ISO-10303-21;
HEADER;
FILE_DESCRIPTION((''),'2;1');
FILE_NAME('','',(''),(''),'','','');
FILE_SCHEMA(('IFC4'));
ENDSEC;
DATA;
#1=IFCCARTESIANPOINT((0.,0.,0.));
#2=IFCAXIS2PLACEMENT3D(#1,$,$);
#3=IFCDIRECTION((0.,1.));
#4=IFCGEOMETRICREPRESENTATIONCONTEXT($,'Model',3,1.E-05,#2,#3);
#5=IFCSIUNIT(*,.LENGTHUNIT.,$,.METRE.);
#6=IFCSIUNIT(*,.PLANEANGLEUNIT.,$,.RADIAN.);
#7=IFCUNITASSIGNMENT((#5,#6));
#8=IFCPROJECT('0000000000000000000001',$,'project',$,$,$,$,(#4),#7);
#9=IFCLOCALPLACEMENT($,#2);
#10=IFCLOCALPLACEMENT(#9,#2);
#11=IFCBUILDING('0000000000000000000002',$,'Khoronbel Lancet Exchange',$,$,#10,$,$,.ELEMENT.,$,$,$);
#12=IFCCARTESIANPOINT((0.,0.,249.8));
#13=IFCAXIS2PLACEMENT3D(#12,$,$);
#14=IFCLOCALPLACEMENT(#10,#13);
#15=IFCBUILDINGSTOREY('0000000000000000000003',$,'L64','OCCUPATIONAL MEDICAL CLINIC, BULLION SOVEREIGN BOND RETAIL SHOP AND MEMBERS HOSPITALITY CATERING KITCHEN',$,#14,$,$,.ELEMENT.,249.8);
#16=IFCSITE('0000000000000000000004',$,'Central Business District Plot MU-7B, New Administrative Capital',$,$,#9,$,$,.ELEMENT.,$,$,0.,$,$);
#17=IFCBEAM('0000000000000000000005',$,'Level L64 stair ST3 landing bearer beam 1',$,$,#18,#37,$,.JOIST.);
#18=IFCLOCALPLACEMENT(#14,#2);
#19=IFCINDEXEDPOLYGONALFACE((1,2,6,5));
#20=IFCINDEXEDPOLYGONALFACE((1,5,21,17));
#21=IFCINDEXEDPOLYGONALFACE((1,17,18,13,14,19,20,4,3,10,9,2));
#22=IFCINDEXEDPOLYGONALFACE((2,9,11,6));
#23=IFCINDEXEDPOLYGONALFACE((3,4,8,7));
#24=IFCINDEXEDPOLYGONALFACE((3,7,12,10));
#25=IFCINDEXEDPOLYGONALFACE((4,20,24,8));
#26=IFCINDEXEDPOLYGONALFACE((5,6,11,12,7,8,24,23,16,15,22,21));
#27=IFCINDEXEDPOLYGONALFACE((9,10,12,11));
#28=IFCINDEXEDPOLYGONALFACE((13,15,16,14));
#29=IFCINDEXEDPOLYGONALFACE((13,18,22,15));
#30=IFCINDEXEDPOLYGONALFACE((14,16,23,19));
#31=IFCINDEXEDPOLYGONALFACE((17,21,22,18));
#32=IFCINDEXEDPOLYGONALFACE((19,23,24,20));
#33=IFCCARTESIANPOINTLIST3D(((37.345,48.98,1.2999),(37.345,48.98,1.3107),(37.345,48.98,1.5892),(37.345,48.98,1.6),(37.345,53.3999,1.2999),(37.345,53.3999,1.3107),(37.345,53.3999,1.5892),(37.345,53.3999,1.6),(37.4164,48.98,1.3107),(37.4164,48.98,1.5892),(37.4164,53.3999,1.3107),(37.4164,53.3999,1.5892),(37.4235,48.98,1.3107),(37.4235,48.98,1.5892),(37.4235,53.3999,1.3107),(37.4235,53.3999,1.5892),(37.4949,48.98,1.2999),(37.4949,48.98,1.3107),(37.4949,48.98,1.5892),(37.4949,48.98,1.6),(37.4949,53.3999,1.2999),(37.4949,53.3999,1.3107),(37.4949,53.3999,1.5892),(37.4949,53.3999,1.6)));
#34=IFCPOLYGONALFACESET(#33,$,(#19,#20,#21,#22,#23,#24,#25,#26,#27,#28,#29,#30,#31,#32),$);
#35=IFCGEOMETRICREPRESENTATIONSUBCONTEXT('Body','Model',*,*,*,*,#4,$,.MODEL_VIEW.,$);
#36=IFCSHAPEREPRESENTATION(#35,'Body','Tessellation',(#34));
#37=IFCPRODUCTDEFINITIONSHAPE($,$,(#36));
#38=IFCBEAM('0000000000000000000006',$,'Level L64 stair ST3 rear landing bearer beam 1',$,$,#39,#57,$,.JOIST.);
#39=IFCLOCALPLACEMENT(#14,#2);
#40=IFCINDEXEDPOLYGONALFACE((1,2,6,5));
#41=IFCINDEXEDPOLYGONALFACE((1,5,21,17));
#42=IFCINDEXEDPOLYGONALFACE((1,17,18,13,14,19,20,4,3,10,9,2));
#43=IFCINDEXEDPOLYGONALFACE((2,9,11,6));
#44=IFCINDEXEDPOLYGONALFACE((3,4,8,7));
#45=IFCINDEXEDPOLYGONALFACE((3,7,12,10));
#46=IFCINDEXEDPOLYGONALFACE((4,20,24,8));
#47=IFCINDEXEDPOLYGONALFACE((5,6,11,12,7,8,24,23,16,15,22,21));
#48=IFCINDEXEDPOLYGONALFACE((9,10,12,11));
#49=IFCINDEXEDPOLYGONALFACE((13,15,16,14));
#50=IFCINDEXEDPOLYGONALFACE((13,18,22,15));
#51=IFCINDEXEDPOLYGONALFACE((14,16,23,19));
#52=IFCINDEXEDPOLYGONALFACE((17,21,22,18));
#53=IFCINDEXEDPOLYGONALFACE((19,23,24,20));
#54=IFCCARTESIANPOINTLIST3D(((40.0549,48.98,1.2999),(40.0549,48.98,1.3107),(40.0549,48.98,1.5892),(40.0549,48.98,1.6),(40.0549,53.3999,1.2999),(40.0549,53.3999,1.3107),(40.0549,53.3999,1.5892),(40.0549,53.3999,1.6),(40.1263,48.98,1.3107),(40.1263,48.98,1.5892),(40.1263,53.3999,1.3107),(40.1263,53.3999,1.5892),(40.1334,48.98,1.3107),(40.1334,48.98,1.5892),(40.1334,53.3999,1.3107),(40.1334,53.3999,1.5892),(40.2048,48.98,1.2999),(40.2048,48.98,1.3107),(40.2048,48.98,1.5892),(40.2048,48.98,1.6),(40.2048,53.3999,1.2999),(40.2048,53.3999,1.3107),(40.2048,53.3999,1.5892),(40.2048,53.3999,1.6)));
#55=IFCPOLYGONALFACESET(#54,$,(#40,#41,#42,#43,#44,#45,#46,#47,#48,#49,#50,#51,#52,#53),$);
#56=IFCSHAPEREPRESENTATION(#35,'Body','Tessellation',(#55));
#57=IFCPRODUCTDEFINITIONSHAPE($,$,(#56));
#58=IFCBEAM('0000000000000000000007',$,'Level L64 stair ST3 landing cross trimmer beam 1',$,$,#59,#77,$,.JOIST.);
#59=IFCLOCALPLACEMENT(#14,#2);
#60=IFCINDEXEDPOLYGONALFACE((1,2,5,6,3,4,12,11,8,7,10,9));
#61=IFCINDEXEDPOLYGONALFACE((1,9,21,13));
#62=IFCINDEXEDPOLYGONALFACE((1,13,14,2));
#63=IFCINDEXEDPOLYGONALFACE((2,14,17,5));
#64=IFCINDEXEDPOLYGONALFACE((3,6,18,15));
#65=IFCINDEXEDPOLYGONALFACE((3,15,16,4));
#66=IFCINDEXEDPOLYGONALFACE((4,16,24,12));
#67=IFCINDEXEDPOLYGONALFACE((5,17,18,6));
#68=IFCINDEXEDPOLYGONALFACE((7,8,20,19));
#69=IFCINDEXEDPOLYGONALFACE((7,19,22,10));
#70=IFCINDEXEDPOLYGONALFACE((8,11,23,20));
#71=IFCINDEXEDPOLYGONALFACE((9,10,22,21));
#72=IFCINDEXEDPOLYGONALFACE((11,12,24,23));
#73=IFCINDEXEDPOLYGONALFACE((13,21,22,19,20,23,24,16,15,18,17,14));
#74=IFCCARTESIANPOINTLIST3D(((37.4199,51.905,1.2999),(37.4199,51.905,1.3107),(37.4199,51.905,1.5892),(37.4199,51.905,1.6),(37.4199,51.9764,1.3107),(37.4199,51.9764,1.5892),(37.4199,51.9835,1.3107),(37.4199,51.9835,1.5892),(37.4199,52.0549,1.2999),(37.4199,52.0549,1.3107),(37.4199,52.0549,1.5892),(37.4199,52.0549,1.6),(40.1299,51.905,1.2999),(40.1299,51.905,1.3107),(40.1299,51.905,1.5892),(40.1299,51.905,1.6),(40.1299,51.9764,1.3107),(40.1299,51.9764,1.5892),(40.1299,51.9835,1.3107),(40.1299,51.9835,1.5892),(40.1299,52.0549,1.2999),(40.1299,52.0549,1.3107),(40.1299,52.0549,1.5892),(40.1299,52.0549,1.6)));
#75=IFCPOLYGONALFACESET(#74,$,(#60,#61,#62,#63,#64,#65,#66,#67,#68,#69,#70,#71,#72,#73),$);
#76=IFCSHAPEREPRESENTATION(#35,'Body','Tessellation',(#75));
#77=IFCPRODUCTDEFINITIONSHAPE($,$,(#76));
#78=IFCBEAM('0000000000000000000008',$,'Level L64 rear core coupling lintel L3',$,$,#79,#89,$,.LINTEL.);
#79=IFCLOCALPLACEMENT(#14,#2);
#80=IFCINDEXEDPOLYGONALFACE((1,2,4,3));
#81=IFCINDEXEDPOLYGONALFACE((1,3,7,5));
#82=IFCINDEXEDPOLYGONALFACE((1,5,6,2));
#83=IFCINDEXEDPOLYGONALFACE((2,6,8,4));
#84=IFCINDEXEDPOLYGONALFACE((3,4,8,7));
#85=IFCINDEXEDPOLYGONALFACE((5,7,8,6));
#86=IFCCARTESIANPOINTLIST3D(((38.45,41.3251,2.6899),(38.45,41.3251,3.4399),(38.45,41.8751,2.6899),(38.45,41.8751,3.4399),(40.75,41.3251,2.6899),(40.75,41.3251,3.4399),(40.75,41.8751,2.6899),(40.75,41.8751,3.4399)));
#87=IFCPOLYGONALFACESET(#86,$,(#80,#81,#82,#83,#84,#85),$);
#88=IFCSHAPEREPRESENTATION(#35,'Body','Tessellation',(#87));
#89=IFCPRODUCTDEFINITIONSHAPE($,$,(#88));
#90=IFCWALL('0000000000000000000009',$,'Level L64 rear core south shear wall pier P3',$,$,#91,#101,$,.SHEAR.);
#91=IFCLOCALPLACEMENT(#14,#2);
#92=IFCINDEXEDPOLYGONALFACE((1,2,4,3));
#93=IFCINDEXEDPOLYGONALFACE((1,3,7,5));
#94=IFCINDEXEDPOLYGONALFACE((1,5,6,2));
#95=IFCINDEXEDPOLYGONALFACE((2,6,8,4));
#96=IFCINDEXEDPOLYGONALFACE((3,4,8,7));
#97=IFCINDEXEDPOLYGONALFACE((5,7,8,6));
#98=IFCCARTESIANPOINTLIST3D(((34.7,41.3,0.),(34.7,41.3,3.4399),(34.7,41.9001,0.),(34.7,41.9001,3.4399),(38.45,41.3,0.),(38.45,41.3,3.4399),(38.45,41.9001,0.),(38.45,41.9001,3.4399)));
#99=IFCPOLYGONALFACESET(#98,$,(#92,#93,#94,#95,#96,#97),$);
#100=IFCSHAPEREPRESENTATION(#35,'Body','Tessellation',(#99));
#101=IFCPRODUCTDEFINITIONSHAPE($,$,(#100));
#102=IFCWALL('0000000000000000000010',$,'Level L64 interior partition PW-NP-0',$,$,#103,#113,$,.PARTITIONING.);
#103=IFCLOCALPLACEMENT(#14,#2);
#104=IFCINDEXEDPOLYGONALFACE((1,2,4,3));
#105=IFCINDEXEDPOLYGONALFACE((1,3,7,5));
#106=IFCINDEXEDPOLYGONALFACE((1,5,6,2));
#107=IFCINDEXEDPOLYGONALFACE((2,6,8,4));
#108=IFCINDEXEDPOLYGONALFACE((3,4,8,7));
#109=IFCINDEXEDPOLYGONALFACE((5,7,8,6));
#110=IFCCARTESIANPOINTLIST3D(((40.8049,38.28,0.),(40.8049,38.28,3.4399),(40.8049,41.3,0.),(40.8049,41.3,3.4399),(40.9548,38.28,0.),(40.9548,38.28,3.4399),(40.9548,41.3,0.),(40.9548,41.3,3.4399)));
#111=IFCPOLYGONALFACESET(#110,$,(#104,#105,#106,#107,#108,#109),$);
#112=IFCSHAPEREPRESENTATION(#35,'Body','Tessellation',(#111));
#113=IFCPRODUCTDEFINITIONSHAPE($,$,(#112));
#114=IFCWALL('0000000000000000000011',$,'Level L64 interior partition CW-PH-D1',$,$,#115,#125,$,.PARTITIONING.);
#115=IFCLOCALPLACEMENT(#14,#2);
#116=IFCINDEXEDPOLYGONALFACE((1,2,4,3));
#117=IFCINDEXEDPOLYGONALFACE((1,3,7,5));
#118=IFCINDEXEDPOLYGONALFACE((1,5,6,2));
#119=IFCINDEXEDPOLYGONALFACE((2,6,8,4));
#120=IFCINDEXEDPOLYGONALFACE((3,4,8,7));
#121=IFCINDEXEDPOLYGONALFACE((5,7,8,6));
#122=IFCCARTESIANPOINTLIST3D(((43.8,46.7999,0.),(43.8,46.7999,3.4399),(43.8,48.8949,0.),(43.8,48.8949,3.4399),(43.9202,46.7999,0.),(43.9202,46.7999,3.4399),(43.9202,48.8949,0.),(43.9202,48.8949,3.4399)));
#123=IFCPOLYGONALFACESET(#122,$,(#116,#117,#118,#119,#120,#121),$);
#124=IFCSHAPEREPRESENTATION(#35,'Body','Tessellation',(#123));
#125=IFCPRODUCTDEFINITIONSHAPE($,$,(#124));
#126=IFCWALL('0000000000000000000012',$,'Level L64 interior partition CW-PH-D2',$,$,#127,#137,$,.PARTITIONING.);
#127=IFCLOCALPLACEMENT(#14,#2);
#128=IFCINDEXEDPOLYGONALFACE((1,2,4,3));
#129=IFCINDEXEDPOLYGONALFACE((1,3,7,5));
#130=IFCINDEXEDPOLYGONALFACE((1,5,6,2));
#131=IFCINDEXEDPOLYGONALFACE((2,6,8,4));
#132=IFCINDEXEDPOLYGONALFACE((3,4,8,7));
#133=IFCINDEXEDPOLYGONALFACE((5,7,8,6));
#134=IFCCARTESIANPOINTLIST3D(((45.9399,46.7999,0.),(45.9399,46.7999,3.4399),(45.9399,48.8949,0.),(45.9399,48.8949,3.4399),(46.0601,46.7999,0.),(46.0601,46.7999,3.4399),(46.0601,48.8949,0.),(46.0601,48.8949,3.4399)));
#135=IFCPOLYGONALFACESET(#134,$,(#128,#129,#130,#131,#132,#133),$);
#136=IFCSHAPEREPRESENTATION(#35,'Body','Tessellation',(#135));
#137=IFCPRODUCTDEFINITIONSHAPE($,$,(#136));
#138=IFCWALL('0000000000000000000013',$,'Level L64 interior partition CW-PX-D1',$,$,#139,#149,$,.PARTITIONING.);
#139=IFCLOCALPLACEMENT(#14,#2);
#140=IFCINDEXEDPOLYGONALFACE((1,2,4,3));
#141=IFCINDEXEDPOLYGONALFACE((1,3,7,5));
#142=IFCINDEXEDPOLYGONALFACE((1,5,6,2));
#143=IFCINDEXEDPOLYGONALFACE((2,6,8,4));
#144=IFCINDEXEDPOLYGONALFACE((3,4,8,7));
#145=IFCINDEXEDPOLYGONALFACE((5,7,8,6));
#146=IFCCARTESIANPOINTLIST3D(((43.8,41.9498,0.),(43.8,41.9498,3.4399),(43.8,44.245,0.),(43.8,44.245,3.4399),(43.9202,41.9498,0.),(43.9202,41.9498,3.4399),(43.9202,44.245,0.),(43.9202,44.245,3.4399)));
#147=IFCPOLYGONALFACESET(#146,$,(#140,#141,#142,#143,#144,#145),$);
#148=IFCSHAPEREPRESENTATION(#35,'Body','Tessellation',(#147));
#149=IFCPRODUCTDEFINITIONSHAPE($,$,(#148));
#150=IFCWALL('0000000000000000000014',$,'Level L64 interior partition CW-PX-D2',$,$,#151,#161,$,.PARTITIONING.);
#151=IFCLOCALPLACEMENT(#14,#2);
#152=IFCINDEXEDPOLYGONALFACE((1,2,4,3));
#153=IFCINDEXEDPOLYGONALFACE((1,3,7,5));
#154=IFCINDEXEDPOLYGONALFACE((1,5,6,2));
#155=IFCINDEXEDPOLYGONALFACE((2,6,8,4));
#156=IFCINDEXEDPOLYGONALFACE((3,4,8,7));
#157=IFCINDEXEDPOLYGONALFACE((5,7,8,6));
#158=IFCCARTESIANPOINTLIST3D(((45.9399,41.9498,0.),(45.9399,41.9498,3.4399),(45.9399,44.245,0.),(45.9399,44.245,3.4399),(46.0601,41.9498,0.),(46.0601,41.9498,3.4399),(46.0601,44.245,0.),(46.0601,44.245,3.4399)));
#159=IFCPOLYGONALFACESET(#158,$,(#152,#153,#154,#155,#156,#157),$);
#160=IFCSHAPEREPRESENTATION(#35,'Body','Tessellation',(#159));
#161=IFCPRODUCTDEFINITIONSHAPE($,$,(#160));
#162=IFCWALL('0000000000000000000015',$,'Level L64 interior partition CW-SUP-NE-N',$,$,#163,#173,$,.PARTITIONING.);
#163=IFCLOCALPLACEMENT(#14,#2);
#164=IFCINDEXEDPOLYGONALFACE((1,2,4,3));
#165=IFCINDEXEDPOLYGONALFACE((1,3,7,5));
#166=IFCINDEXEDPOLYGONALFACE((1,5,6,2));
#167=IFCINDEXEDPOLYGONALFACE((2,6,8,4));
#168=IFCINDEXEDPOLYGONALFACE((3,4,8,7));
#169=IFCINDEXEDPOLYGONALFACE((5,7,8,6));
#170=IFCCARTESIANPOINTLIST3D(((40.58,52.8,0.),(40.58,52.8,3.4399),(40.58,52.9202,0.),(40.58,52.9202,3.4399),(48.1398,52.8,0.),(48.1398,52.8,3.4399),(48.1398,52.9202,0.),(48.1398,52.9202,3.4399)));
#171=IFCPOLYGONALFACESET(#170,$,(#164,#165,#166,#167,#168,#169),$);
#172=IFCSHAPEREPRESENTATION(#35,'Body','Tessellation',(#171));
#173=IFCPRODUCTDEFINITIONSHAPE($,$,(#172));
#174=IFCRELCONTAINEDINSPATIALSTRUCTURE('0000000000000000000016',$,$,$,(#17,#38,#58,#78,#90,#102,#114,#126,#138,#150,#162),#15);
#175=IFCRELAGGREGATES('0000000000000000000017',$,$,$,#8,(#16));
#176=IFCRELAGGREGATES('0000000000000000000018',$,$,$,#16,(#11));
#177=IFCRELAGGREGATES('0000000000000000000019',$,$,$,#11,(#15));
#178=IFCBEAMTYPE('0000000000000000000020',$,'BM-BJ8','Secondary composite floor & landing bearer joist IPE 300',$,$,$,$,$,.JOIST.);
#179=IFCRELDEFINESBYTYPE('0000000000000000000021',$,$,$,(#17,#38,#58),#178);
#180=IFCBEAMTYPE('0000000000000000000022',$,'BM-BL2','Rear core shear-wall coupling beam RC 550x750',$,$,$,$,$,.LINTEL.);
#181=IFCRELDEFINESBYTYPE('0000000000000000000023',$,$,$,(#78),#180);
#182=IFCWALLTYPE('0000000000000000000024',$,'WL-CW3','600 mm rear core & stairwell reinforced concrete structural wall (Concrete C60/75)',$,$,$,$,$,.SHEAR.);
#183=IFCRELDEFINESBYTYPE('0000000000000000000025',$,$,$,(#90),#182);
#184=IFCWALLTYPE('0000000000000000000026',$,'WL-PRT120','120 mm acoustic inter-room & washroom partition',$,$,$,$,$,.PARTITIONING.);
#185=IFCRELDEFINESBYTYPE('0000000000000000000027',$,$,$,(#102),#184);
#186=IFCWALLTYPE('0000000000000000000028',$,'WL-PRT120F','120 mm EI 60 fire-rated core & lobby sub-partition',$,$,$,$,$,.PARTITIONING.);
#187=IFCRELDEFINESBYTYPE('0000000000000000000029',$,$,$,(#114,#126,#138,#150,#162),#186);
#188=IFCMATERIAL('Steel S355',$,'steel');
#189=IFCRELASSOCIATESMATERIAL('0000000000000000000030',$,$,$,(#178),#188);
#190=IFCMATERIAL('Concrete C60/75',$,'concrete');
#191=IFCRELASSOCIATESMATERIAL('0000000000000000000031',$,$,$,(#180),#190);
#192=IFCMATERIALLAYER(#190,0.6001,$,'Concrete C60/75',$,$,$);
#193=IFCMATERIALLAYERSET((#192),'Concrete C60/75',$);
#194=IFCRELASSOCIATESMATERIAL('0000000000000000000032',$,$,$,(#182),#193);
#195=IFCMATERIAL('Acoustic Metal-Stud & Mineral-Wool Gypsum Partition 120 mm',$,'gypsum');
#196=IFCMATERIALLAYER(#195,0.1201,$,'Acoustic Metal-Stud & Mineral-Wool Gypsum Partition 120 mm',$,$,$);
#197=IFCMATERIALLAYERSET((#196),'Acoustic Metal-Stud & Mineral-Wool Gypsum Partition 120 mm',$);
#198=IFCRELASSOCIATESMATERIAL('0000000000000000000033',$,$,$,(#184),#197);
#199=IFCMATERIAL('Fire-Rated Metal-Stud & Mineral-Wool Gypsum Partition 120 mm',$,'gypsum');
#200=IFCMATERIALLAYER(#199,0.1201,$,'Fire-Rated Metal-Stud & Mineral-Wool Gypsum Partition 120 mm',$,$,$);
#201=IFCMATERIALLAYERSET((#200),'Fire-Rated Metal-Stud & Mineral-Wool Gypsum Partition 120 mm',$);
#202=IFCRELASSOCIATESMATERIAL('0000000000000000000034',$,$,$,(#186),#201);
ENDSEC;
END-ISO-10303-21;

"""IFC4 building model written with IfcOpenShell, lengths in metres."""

from ifc_helpers import new_model, si_unit, direction, frame, frame_2d, origin, origin_2d, place, context, subcontext, project, spatial, rectangle, i_section, extrude, material, layer, layer_set, material_profile, profile_set, type_object, element, save


model = new_model("IFC4")

# Units and contexts
model_context = context("Model", 3, precision=1e-05, world=origin(), true_north=direction((0.0, 1.0)))
body_context = subcontext(model_context, "Body", "Model", "MODEL_VIEW")
ifc_project = project(units=[si_unit("LENGTHUNIT", "METRE"), si_unit("PLANEANGLEUNIT", "RADIAN")], contexts=[model_context])

# Site, building, storey
site_placement = place(None, origin())
site = spatial("IfcSite", under=ifc_project, at=site_placement, Name="Central Business District Plot MU-7B, New Administrative Capital", CompositionType="ELEMENT", RefElevation=0.0)
building_placement = place(site_placement, origin())
building = spatial("IfcBuilding", under=site, at=building_placement, Name="Khoronbel Lancet Exchange", CompositionType="ELEMENT")
storey_placement = place(building_placement, frame((0.0, 0.0, 249.8)))
storey = spatial("IfcBuildingStorey", under=building, at=storey_placement, Name="L64", Description="OCCUPATIONAL MEDICAL CLINIC, BULLION SOVEREIGN BOND RETAIL SHOP AND MEMBERS HOSPITALITY CATERING KITCHEN", CompositionType="ELEMENT", Elevation=249.8)

# Beams
ifc_material_1 = material(Name="Steel S355", Category="steel")
ifc_material_profile_1 = material_profile(ifc_material_1, i_section(OverallWidth=0.1499, OverallDepth=0.3, WebThickness=0.0071, FlangeThickness=0.0107, at=origin_2d()), Name="IPE 300")
ifc_profile_set_1 = profile_set([ifc_material_profile_1], Name="Steel S355")
beam_type_1 = type_object("IfcBeamType", Name="BM-BJ8", Description="Secondary composite floor & landing bearer joist IPE 300", PredefinedType="JOIST", material=ifc_profile_set_1)
for number, where, z_axis, x_axis, name in (
    (1, (37.4199, 48.98, 1.45), (0.0, 1.0, 0.0), (-1.0, 0.0, 0.0), "Level L64 stair ST3 landing bearer beam 1"),
    (2, (40.1299, 48.98, 1.45), (0.0, 1.0, 0.0), (-1.0, 0.0, 0.0), "Level L64 stair ST3 rear landing bearer beam 1"),
):
    element("IfcBeam", number, at=place(storey_placement, frame(where, z_axis=z_axis, x_axis=x_axis)), inside=storey, type_object=beam_type_1, Name=name, PredefinedType="JOIST", context=body_context, shape_type="SweptSolid", body=[
        extrude(i_section(OverallWidth=0.1499, OverallDepth=0.3, WebThickness=0.0071, FlangeThickness=0.0107, at=origin_2d()), origin(), (0.0, 0.0, 1.0), 4.4199),
    ])
beam_1_placement = place(storey_placement, frame((37.4199, 51.98, 1.45), z_axis=(1.0, 0.0, 0.0), x_axis=(0.0, 1.0, 0.0)))
element("IfcBeam", 3, at=beam_1_placement, inside=storey, type_object=beam_type_1, Name="Level L64 stair ST3 landing cross trimmer beam 1", PredefinedType="JOIST", context=body_context, shape_type="SweptSolid", body=[
    extrude(i_section(OverallWidth=0.1499, OverallDepth=0.3, WebThickness=0.0071, FlangeThickness=0.0107, at=origin_2d()), origin(), (0.0, 0.0, 1.0), 2.71),
])
ifc_material_2 = material(Name="Concrete C60/75", Category="concrete")
ifc_material_profile_2 = material_profile(ifc_material_2, rectangle(XDim=0.55, YDim=0.75, at=origin_2d()), Name="RC 550x750")
ifc_profile_set_2 = profile_set([ifc_material_profile_2], Name="Concrete C60/75")
beam_type_2 = type_object("IfcBeamType", Name="BM-BL2", Description="Rear core shear-wall coupling beam RC 550x750", PredefinedType="LINTEL", material=ifc_profile_set_2)
beam_2_placement = place(storey_placement, frame((38.45, 41.6001, 3.0649), z_axis=(1.0, 0.0, 0.0), x_axis=(0.0, 1.0, 0.0)))
element("IfcBeam", 4, at=beam_2_placement, inside=storey, type_object=beam_type_2, Name="Level L64 rear core coupling lintel L3", PredefinedType="LINTEL", context=body_context, shape_type="SweptSolid", body=[
    extrude(rectangle(XDim=0.55, YDim=0.75, at=origin_2d()), origin(), (0.0, 0.0, 1.0), 2.3),
])

# Walls
ifc_layer_1 = layer(ifc_material_2, 0.6001, Name="Concrete C60/75")
ifc_layer_set_1 = layer_set([ifc_layer_1], Name="Concrete C60/75")
wall_type_1 = type_object("IfcWallType", Name="WL-CW3", Description="600 mm rear core & stairwell reinforced concrete structural wall (Concrete C60/75)", PredefinedType="SHEAR", material=ifc_layer_set_1)
wall_1_placement = place(storey_placement, frame((38.45, 41.6001, 0.0), z_axis=(0.0, 0.0, 1.0), x_axis=(-1.0, 0.0, 0.0)))
element("IfcWall", 5, at=wall_1_placement, inside=storey, type_object=wall_type_1, Name="Level L64 rear core south shear wall pier P3", PredefinedType="SHEAR", context=body_context, shape_type="SweptSolid", body=[
    extrude(rectangle(XDim=3.75, YDim=0.6001, at=frame_2d((1.875, 0.0))), origin(), (0.0, 0.0, 1.0), 3.4399),
])
ifc_material_3 = material(Name="Acoustic Metal-Stud & Mineral-Wool Gypsum Partition 120 mm", Category="gypsum")
ifc_layer_2 = layer(ifc_material_3, 0.1201, Name="Acoustic Metal-Stud & Mineral-Wool Gypsum Partition 120 mm")
ifc_layer_set_2 = layer_set([ifc_layer_2], Name="Acoustic Metal-Stud & Mineral-Wool Gypsum Partition 120 mm")
wall_type_2 = type_object("IfcWallType", Name="WL-PRT120", Description="120 mm acoustic inter-room & washroom partition", PredefinedType="PARTITIONING", material=ifc_layer_set_2)
wall_2_placement = place(storey_placement, frame((40.8799, 38.28, 0.0), z_axis=(0.0, 0.0, 1.0), x_axis=(0.0, 1.0, 0.0)))
element("IfcWall", 6, at=wall_2_placement, inside=storey, type_object=wall_type_2, Name="Level L64 interior partition PW-NP-0", PredefinedType="PARTITIONING", context=body_context, shape_type="SweptSolid", body=[
    extrude(rectangle(XDim=3.02, YDim=0.1499, at=frame_2d((1.51, 0.0))), origin(), (0.0, 0.0, 1.0), 3.4399),
])
ifc_material_4 = material(Name="Fire-Rated Metal-Stud & Mineral-Wool Gypsum Partition 120 mm", Category="gypsum")
ifc_layer_3 = layer(ifc_material_4, 0.1201, Name="Fire-Rated Metal-Stud & Mineral-Wool Gypsum Partition 120 mm")
ifc_layer_set_3 = layer_set([ifc_layer_3], Name="Fire-Rated Metal-Stud & Mineral-Wool Gypsum Partition 120 mm")
wall_type_3 = type_object("IfcWallType", Name="WL-PRT120F", Description="120 mm EI 60 fire-rated core & lobby sub-partition", PredefinedType="PARTITIONING", material=ifc_layer_set_3)
for number, where, z_axis, x_axis, name in (
    (7, (43.8601, 46.8, 0.0), (0.0, 0.0, 1.0), (0.0, 1.0, 0.0), "Level L64 interior partition CW-PH-D1"),
    (8, (46.0, 46.8, 0.0), (0.0, 0.0, 1.0), (0.0, 1.0, 0.0), "Level L64 interior partition CW-PH-D2"),
):
    element("IfcWall", number, at=place(storey_placement, frame(where, z_axis=z_axis, x_axis=x_axis)), inside=storey, type_object=wall_type_3, Name=name, PredefinedType="PARTITIONING", context=body_context, shape_type="SweptSolid", body=[
        extrude(rectangle(XDim=2.095, YDim=0.1201, at=frame_2d((1.0474, 0.0))), origin(), (0.0, 0.0, 1.0), 3.4399),
    ])
for number, where, z_axis, x_axis, name in (
    (9, (43.8601, 41.95, 0.0), (0.0, 0.0, 1.0), (0.0, 1.0, 0.0), "Level L64 interior partition CW-PX-D1"),
    (10, (46.0, 41.95, 0.0), (0.0, 0.0, 1.0), (0.0, 1.0, 0.0), "Level L64 interior partition CW-PX-D2"),
):
    element("IfcWall", number, at=place(storey_placement, frame(where, z_axis=z_axis, x_axis=x_axis)), inside=storey, type_object=wall_type_3, Name=name, PredefinedType="PARTITIONING", context=body_context, shape_type="SweptSolid", body=[
        extrude(rectangle(XDim=2.2952, YDim=0.1201, at=frame_2d((1.1475, 0.0))), origin(), (0.0, 0.0, 1.0), 3.4399),
    ])
wall_3_placement = place(storey_placement, frame((40.5801, 52.8601, 0.0), z_axis=(0.0, 0.0, 1.0), x_axis=(1.0, 0.0, 0.0)))
element("IfcWall", 11, at=wall_3_placement, inside=storey, type_object=wall_type_3, Name="Level L64 interior partition CW-SUP-NE-N", PredefinedType="PARTITIONING", context=body_context, shape_type="SweptSolid", body=[
    extrude(rectangle(XDim=7.5598, YDim=0.1201, at=frame_2d((3.7798, 0.0))), origin(), (0.0, 0.0, 1.0), 3.4399),
])

save(model, "model.ifc")
